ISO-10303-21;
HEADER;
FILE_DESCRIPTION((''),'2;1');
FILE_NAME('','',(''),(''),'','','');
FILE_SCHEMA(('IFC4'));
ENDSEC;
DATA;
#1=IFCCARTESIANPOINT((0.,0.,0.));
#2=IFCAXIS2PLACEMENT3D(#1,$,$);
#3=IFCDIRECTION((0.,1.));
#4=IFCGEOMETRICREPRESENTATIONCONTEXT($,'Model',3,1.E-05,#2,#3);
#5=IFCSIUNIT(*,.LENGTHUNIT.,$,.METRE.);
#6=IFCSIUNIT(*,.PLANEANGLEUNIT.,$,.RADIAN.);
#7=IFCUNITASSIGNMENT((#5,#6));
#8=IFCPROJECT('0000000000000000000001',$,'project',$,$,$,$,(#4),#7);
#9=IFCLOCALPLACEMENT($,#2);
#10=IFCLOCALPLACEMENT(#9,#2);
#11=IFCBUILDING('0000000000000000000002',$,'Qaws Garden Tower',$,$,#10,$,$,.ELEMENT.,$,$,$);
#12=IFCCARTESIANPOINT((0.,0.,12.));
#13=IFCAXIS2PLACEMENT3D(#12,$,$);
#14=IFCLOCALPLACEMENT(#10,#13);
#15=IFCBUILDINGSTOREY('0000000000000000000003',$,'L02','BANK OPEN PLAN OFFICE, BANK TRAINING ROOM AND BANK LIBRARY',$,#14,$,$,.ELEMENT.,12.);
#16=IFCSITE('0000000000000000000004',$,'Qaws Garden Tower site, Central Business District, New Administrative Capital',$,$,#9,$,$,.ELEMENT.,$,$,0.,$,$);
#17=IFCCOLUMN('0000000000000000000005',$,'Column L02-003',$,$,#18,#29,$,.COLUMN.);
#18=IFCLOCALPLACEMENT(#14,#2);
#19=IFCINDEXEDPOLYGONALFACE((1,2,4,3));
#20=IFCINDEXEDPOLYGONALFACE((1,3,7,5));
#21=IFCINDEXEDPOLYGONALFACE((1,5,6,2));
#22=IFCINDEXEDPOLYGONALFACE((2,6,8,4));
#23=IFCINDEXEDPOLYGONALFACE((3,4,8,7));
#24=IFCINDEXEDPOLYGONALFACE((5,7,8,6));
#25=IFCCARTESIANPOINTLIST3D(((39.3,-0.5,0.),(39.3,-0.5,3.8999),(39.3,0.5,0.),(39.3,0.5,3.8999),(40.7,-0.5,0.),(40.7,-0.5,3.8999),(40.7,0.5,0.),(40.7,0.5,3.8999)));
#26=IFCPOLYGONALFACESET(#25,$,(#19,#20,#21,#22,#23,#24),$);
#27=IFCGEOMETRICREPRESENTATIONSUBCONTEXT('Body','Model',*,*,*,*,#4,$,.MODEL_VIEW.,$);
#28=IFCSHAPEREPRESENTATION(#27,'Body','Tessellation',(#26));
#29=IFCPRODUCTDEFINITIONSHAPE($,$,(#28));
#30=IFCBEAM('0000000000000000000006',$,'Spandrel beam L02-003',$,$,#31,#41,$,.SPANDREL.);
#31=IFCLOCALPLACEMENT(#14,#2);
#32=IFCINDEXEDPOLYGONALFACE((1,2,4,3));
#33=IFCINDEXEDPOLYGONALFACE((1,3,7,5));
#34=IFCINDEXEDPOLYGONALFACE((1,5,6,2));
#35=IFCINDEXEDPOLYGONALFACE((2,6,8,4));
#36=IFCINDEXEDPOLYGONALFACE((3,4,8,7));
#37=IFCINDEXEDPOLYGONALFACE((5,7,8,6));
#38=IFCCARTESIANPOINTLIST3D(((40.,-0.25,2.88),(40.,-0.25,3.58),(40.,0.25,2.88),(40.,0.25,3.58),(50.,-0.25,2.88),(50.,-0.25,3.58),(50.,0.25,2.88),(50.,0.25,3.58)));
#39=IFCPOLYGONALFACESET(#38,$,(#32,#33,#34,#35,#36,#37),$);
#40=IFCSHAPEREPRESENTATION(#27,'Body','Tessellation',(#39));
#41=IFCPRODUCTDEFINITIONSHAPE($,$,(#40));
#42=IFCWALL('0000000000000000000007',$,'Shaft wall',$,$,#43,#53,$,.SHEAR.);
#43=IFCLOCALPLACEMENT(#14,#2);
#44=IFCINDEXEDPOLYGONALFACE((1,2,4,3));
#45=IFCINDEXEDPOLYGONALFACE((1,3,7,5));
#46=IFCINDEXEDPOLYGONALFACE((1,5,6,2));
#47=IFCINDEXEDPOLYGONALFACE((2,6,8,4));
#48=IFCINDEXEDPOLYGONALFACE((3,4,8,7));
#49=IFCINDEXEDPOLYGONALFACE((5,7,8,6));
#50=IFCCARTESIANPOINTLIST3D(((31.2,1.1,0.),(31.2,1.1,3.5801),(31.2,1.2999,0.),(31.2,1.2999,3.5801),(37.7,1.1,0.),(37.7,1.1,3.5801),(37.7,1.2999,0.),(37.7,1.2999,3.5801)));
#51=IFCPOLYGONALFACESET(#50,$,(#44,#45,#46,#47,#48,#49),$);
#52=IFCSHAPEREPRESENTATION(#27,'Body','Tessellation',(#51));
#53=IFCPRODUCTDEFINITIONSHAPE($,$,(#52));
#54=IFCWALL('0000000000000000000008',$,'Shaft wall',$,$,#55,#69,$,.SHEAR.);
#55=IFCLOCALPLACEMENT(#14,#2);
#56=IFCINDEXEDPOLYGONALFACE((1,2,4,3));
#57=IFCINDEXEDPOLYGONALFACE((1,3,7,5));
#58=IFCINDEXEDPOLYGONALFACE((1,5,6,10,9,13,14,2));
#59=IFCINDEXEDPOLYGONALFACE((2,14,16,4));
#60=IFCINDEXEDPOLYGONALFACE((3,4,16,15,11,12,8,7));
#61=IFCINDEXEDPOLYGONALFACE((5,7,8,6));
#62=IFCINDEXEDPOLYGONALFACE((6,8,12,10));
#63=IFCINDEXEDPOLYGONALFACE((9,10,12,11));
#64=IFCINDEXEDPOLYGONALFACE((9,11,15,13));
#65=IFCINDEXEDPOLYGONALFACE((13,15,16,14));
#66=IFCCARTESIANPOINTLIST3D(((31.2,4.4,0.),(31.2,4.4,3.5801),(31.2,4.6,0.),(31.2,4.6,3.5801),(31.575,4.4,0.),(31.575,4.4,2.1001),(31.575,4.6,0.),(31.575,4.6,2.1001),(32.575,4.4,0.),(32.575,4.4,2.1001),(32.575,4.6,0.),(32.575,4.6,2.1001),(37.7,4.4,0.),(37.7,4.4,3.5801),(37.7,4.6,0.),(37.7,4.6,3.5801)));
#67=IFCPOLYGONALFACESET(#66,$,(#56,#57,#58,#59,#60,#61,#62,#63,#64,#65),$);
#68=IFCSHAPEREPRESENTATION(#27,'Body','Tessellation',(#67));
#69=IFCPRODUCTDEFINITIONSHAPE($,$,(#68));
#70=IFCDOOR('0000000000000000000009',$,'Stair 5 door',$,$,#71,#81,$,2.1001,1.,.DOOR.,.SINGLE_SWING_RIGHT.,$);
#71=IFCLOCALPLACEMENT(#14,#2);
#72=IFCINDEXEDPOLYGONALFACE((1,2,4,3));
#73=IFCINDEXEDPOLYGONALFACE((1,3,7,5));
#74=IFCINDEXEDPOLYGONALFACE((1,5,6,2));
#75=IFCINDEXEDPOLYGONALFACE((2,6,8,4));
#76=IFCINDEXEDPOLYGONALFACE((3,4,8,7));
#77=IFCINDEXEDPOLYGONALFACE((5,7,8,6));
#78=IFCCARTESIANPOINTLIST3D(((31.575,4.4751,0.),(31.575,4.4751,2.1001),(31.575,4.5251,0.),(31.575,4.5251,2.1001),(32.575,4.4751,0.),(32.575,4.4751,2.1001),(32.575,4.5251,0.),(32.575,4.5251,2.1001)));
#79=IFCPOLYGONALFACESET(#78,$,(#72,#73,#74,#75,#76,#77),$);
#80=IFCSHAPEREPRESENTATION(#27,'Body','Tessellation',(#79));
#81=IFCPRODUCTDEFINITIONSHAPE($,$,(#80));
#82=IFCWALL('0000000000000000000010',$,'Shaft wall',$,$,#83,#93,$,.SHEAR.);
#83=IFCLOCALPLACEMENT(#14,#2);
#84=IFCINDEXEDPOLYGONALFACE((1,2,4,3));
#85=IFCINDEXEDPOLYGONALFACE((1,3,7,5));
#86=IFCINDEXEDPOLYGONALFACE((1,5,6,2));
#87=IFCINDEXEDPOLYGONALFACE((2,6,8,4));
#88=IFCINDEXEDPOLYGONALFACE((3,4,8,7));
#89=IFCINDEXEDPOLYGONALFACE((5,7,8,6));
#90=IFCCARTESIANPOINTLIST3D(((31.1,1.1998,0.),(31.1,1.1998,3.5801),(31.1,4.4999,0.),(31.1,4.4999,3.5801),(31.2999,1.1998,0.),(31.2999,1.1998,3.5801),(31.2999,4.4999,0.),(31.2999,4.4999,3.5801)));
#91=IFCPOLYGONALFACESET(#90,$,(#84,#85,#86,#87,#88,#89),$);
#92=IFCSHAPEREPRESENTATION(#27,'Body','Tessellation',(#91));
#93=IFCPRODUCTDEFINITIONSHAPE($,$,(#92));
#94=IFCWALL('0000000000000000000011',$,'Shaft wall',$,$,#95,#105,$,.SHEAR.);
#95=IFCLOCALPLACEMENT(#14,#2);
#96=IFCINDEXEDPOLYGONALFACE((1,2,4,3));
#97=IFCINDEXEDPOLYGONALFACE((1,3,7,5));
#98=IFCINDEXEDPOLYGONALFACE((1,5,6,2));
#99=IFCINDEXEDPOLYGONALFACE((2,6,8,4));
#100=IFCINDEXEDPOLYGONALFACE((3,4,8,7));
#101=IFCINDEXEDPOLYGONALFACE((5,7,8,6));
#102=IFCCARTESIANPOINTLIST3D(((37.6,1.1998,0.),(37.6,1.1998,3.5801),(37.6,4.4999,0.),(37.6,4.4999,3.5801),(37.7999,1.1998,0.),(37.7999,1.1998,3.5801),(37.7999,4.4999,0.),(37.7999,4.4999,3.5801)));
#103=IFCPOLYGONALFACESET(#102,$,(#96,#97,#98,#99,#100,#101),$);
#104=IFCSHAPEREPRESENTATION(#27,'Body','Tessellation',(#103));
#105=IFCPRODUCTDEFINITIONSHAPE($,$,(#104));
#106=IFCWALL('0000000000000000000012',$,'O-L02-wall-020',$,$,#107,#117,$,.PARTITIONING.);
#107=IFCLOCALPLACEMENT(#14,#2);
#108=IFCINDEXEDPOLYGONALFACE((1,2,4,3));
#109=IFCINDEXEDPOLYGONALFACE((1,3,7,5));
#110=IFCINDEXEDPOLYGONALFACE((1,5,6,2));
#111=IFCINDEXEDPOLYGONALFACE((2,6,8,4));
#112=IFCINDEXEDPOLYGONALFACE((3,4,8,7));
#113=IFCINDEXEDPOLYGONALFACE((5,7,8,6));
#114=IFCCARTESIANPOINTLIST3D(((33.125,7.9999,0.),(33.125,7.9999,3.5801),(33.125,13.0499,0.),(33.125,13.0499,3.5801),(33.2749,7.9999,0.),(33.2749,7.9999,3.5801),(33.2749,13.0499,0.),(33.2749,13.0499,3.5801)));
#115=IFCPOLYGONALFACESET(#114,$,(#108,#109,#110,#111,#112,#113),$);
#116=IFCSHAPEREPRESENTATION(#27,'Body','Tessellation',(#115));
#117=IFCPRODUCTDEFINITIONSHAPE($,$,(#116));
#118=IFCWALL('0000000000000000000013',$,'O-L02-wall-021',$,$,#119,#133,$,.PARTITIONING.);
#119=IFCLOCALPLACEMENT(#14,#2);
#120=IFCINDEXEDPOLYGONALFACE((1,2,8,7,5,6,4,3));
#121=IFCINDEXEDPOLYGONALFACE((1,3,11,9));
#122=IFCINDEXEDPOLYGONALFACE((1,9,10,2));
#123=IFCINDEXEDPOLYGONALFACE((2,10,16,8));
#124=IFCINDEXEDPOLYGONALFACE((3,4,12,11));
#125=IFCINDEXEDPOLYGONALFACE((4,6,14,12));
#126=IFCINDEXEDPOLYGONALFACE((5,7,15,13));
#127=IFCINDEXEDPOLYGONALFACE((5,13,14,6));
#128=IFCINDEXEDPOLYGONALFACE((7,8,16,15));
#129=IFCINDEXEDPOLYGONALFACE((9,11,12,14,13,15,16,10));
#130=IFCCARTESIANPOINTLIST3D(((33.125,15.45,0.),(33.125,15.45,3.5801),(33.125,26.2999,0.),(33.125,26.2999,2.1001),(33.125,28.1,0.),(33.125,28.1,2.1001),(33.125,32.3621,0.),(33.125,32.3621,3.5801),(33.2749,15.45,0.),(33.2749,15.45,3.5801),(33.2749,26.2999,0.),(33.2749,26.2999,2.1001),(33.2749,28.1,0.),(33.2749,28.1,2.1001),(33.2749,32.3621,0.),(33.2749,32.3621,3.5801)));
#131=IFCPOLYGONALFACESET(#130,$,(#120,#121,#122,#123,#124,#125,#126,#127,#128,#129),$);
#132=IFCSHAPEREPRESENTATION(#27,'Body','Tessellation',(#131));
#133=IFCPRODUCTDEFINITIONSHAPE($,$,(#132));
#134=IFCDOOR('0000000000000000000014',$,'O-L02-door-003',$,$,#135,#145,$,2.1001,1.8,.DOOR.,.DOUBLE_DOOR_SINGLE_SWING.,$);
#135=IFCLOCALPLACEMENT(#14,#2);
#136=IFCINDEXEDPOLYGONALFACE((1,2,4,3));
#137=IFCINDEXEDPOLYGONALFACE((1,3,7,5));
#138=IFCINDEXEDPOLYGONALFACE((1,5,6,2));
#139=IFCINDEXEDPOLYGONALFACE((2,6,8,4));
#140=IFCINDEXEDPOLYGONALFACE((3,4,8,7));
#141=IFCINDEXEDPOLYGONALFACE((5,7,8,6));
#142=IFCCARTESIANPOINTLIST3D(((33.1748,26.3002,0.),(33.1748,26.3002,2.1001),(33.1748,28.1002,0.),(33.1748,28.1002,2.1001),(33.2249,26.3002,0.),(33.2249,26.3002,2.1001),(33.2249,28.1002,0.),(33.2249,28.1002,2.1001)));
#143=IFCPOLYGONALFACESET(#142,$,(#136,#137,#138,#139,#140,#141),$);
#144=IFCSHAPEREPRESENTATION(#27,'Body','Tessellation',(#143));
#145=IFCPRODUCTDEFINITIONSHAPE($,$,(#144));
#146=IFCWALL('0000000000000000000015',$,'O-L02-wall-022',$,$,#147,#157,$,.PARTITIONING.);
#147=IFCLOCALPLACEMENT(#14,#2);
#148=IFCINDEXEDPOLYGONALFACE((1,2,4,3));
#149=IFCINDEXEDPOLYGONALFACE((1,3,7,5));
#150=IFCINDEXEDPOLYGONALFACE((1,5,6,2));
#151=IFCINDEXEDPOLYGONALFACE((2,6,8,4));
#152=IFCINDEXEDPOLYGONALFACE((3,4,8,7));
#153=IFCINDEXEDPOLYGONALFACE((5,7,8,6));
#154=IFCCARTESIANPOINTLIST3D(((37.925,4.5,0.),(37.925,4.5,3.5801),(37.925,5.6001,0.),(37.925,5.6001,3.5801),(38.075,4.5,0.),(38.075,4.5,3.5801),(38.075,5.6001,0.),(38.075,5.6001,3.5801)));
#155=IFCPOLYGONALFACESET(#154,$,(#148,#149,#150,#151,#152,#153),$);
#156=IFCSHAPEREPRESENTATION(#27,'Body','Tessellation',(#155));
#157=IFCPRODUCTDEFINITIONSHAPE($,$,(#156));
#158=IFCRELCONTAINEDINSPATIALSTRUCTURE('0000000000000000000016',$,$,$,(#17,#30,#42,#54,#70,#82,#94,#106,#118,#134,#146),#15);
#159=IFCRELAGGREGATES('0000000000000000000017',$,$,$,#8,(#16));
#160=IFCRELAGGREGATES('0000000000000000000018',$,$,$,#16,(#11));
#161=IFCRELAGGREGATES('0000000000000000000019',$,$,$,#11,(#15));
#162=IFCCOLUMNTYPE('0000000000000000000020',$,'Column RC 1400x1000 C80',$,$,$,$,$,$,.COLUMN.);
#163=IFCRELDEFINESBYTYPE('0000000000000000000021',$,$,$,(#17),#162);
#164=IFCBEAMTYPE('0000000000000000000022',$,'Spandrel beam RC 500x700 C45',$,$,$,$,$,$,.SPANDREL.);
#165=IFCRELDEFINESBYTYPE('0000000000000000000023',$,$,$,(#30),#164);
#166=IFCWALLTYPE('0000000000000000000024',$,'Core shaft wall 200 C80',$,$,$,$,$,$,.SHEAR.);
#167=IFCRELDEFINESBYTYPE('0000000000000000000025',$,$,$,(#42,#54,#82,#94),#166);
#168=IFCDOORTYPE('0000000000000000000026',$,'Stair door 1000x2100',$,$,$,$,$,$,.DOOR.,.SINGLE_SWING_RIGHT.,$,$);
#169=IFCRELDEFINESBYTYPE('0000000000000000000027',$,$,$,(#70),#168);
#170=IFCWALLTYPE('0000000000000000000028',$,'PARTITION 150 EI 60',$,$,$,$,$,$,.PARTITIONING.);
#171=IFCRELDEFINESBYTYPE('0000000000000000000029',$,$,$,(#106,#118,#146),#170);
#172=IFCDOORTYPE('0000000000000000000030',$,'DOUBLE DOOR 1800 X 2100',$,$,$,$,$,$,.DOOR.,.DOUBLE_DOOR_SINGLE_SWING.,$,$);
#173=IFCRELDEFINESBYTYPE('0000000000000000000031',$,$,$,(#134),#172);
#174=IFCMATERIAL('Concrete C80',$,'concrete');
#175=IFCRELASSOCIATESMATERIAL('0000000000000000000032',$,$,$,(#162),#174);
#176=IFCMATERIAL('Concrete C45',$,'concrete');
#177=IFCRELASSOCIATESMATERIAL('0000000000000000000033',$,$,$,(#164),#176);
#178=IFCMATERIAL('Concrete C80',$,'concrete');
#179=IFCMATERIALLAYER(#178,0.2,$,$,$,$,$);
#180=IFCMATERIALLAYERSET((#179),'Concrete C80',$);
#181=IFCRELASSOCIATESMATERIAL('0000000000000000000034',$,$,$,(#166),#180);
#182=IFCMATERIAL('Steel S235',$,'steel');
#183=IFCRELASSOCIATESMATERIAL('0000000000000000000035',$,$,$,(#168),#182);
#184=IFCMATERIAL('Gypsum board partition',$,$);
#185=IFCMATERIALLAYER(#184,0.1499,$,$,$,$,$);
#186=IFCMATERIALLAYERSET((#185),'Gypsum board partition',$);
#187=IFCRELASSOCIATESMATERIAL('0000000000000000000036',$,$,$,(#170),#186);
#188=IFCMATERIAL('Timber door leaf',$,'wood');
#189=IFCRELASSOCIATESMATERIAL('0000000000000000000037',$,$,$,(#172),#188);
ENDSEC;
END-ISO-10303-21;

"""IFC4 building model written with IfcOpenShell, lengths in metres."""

from ifc_helpers import new_model, si_unit, direction, frame, frame_2d, origin, origin_2d, place, context, subcontext, project, spatial, rectangle, extrude, material, layer, layer_set, material_profile, profile_set, type_object, element, fill, save


model = new_model("IFC4")

# Units and contexts
model_context = context("Model", 3, precision=1e-05, world=origin(), true_north=direction((0.0, 1.0)))
body_context = subcontext(model_context, "Body", "Model", "MODEL_VIEW")
ifc_project = project(units=[si_unit("LENGTHUNIT", "METRE"), si_unit("PLANEANGLEUNIT", "RADIAN")], contexts=[model_context])

# Site, building, storey
site_placement = place(None, origin())
site = spatial("IfcSite", under=ifc_project, at=site_placement, Name="Qaws Garden Tower site, Central Business District, New Administrative Capital", CompositionType="ELEMENT", RefElevation=0.0)
building_placement = place(site_placement, origin())
building = spatial("IfcBuilding", under=site, at=building_placement, Name="Qaws Garden Tower", CompositionType="ELEMENT")
storey_placement = place(building_placement, frame((0.0, 0.0, 12.0)))
storey = spatial("IfcBuildingStorey", under=building, at=storey_placement, Name="L02", Description="BANK OPEN PLAN OFFICE, BANK TRAINING ROOM AND BANK LIBRARY", CompositionType="ELEMENT", Elevation=12.0)

# Column
ifc_material_1 = material(Name="Concrete C80", Category="concrete")
ifc_material_profile_1 = material_profile(ifc_material_1, rectangle(XDim=1.3999, YDim=1.0, at=origin_2d()), Name="RC 1400x1000")
ifc_profile_set_1 = profile_set([ifc_material_profile_1], Name="Concrete C80")
column_type = type_object("IfcColumnType", Name="Column RC 1400x1000 C80", PredefinedType="COLUMN", material=ifc_profile_set_1)
column_placement = place(storey_placement, frame((40.0, 0.0, 0.0), z_axis=(0.0, 0.0, 1.0), x_axis=(1.0, 0.0, 0.0)))
element("IfcColumn", 1, at=column_placement, inside=storey, type_object=column_type, Name="Column L02-003", PredefinedType="COLUMN", context=body_context, shape_type="SweptSolid", body=[
    extrude(rectangle(XDim=1.3999, YDim=1.0, at=origin_2d()), origin(), (0.0, 0.0, 1.0), 3.8999),
])

# Beam
ifc_material_2 = material(Name="Concrete C45", Category="concrete")
ifc_material_profile_2 = material_profile(ifc_material_2, rectangle(XDim=0.5, YDim=0.7, at=origin_2d()), Name="RC 500x700")
ifc_profile_set_2 = profile_set([ifc_material_profile_2], Name="Concrete C45")
beam_type = type_object("IfcBeamType", Name="Spandrel beam RC 500x700 C45", PredefinedType="SPANDREL", material=ifc_profile_set_2)
beam_placement = place(storey_placement, frame((40.0, 0.0, 3.23), z_axis=(1.0, 0.0, 0.0), x_axis=(0.0, 1.0, 0.0)))
element("IfcBeam", 2, at=beam_placement, inside=storey, type_object=beam_type, Name="Spandrel beam L02-003", PredefinedType="SPANDREL", context=body_context, shape_type="SweptSolid", body=[
    extrude(rectangle(XDim=0.5, YDim=0.7, at=origin_2d()), origin(), (0.0, 0.0, 1.0), 10.0),
])

# Wall
ifc_material_3 = material(Name="Concrete C80", Category="concrete")
ifc_layer_1 = layer(ifc_material_3, 0.2)
ifc_layer_set_1 = layer_set([ifc_layer_1], Name="Concrete C80")
wall_type_1 = type_object("IfcWallType", Name="Core shaft wall 200 C80", PredefinedType="SHEAR", material=ifc_layer_set_1)
wall_1_placement = place(storey_placement, frame((31.2, 1.2, 0.0), z_axis=(0.0, 0.0, 1.0), x_axis=(1.0, 0.0, 0.0)))
element("IfcWall", 3, at=wall_1_placement, inside=storey, type_object=wall_type_1, Name="Shaft wall", PredefinedType="SHEAR", context=body_context, shape_type="SweptSolid", body=[
    extrude(rectangle(XDim=6.5, YDim=0.2, at=frame_2d((3.25, 0.0))), origin(), (0.0, 0.0, 1.0), 3.5801),
])

# Wall, opening, door
wall_2_placement = place(storey_placement, frame((31.2, 4.5, 0.0), z_axis=(0.0, 0.0, 1.0), x_axis=(1.0, 0.0, 0.0)))
wall_2 = element("IfcWall", 4, at=wall_2_placement, inside=storey, type_object=wall_type_1, Name="Shaft wall", PredefinedType="SHEAR", context=body_context, shape_type="SweptSolid", body=[
    extrude(rectangle(XDim=6.5, YDim=0.2, at=frame_2d((3.25, 0.0))), origin(), (0.0, 0.0, 1.0), 3.5801),
])
opening_1_placement = place(wall_2_placement, frame((0.375, 0.0, 0.0)))
opening_1 = element("IfcOpeningElement", 5, at=opening_1_placement, cuts=wall_2, PredefinedType="OPENING", context=body_context, shape_type="SweptSolid", body=[
    extrude(rectangle(XDim=1.0, YDim=2.1001, at=frame_2d((0.5, 1.05))), frame((0.0, 0.1099, 0.0), z_axis=(0.0, -1.0, 0.0), x_axis=(1.0, 0.0, 0.0)), (0.0, 0.0, 1.0), 0.22),
])
ifc_material_4 = material(Name="Steel S235", Category="steel")
door_type_1 = type_object("IfcDoorType", Name="Stair door 1000x2100", OperationType="SINGLE_SWING_RIGHT", PredefinedType="DOOR", material=ifc_material_4)
door_1_placement = place(opening_1_placement, frame((1.0, 0.0, 0.0), z_axis=(0.0, 0.0, 1.0), x_axis=(-1.0, 0.0, 0.0)))
door_1 = element("IfcDoor", 6, at=door_1_placement, inside=storey, type_object=door_type_1, Name="Stair 5 door", OperationType="SINGLE_SWING_RIGHT", OverallHeight=2.1001, OverallWidth=1.0, PredefinedType="DOOR", context=body_context, shape_type="SweptSolid", body=[
    extrude(rectangle(XDim=1.0, YDim=2.1001, at=frame_2d((0.5, 1.05))), frame((0.0, 0.0249, 0.0), z_axis=(0.0, -1.0, 0.0), x_axis=(1.0, 0.0, 0.0)), (0.0, 0.0, 1.0), 0.05),
])
fill(opening_1, door_1)

# Walls
for number, where, z_axis, x_axis, name in (
    (7, (31.2, 1.2, 0.0), (0.0, 0.0, 1.0), (0.0, 1.0, 0.0), "Shaft wall"),
    (8, (37.7, 1.2, 0.0), (0.0, 0.0, 1.0), (0.0, 1.0, 0.0), "Shaft wall"),
):
    element("IfcWall", number, at=place(storey_placement, frame(where, z_axis=z_axis, x_axis=x_axis)), inside=storey, type_object=wall_type_1, Name=name, PredefinedType="SHEAR", context=body_context, shape_type="SweptSolid", body=[
        extrude(rectangle(XDim=3.3, YDim=0.2, at=frame_2d((1.6499, 0.0))), origin(), (0.0, 0.0, 1.0), 3.5801),
    ])
ifc_material_5 = material(Name="Gypsum board partition")
ifc_layer_2 = layer(ifc_material_5, 0.1499)
ifc_layer_set_2 = layer_set([ifc_layer_2], Name="Gypsum board partition")
wall_type_2 = type_object("IfcWallType", Name="PARTITION 150 EI 60", PredefinedType="PARTITIONING", material=ifc_layer_set_2)
wall_3_placement = place(storey_placement, frame((33.2, 8.0, 0.0), z_axis=(0.0, 0.0, 1.0), x_axis=(0.0, 1.0, 0.0)))
element("IfcWall", 9, at=wall_3_placement, inside=storey, type_object=wall_type_2, Name="O-L02-wall-020", PredefinedType="PARTITIONING", context=body_context, shape_type="SweptSolid", body=[
    extrude(rectangle(XDim=5.05, YDim=0.1499, at=frame_2d((2.5249, 0.0))), origin(), (0.0, 0.0, 1.0), 3.5801),
])

# Wall, opening, door
wall_4_placement = place(storey_placement, frame((33.2, 15.45, 0.0), z_axis=(0.0, 0.0, 1.0), x_axis=(0.0, 1.0, 0.0)))
wall_4 = element("IfcWall", 10, at=wall_4_placement, inside=storey, type_object=wall_type_2, Name="O-L02-wall-021", PredefinedType="PARTITIONING", context=body_context, shape_type="SweptSolid", body=[
    extrude(rectangle(XDim=16.9121, YDim=0.1499, at=frame_2d((8.4561, 0.0))), origin(), (0.0, 0.0, 1.0), 3.5801),
])
opening_2_placement = place(wall_4_placement, frame((10.8501, 0.0, 0.0)))
opening_2 = element("IfcOpeningElement", 11, at=opening_2_placement, cuts=wall_4, PredefinedType="OPENING", context=body_context, shape_type="SweptSolid", body=[
    extrude(rectangle(XDim=1.8, YDim=2.1001, at=frame_2d((0.8999, 1.05))), frame((0.0, 0.085, 0.0), z_axis=(0.0, -1.0, 0.0), x_axis=(1.0, 0.0, 0.0)), (0.0, 0.0, 1.0), 0.1699),
])
ifc_material_6 = material(Name="Timber door leaf", Category="wood")
door_type_2 = type_object("IfcDoorType", Name="DOUBLE DOOR 1800 X 2100", OperationType="DOUBLE_DOOR_SINGLE_SWING", PredefinedType="DOOR", material=ifc_material_6)
door_2_placement = place(opening_2_placement, frame((1.8, 0.0, 0.0), z_axis=(0.0, 0.0, 1.0), x_axis=(-1.0, 0.0, 0.0)))
door_2 = element("IfcDoor", 12, at=door_2_placement, inside=storey, type_object=door_type_2, Name="O-L02-door-003", OperationType="DOUBLE_DOOR_SINGLE_SWING", OverallHeight=2.1001, OverallWidth=1.8, PredefinedType="DOOR", context=body_context, shape_type="SweptSolid", body=[
    extrude(rectangle(XDim=1.8, YDim=2.1001, at=frame_2d((0.8999, 1.05))), frame((0.0, 0.0249, 0.0), z_axis=(0.0, -1.0, 0.0), x_axis=(1.0, 0.0, 0.0)), (0.0, 0.0, 1.0), 0.05),
])
fill(opening_2, door_2)

# Wall
wall_5_placement = place(storey_placement, frame((38.0, 4.5, 0.0), z_axis=(0.0, 0.0, 1.0), x_axis=(0.0, 1.0, 0.0)))
element("IfcWall", 13, at=wall_5_placement, inside=storey, type_object=wall_type_2, Name="O-L02-wall-022", PredefinedType="PARTITIONING", context=body_context, shape_type="SweptSolid", body=[
    extrude(rectangle(XDim=1.1001, YDim=0.1499, at=frame_2d((0.55, 0.0))), origin(), (0.0, 0.0, 1.0), 3.5801),
])

save(model, "model.ifc")
